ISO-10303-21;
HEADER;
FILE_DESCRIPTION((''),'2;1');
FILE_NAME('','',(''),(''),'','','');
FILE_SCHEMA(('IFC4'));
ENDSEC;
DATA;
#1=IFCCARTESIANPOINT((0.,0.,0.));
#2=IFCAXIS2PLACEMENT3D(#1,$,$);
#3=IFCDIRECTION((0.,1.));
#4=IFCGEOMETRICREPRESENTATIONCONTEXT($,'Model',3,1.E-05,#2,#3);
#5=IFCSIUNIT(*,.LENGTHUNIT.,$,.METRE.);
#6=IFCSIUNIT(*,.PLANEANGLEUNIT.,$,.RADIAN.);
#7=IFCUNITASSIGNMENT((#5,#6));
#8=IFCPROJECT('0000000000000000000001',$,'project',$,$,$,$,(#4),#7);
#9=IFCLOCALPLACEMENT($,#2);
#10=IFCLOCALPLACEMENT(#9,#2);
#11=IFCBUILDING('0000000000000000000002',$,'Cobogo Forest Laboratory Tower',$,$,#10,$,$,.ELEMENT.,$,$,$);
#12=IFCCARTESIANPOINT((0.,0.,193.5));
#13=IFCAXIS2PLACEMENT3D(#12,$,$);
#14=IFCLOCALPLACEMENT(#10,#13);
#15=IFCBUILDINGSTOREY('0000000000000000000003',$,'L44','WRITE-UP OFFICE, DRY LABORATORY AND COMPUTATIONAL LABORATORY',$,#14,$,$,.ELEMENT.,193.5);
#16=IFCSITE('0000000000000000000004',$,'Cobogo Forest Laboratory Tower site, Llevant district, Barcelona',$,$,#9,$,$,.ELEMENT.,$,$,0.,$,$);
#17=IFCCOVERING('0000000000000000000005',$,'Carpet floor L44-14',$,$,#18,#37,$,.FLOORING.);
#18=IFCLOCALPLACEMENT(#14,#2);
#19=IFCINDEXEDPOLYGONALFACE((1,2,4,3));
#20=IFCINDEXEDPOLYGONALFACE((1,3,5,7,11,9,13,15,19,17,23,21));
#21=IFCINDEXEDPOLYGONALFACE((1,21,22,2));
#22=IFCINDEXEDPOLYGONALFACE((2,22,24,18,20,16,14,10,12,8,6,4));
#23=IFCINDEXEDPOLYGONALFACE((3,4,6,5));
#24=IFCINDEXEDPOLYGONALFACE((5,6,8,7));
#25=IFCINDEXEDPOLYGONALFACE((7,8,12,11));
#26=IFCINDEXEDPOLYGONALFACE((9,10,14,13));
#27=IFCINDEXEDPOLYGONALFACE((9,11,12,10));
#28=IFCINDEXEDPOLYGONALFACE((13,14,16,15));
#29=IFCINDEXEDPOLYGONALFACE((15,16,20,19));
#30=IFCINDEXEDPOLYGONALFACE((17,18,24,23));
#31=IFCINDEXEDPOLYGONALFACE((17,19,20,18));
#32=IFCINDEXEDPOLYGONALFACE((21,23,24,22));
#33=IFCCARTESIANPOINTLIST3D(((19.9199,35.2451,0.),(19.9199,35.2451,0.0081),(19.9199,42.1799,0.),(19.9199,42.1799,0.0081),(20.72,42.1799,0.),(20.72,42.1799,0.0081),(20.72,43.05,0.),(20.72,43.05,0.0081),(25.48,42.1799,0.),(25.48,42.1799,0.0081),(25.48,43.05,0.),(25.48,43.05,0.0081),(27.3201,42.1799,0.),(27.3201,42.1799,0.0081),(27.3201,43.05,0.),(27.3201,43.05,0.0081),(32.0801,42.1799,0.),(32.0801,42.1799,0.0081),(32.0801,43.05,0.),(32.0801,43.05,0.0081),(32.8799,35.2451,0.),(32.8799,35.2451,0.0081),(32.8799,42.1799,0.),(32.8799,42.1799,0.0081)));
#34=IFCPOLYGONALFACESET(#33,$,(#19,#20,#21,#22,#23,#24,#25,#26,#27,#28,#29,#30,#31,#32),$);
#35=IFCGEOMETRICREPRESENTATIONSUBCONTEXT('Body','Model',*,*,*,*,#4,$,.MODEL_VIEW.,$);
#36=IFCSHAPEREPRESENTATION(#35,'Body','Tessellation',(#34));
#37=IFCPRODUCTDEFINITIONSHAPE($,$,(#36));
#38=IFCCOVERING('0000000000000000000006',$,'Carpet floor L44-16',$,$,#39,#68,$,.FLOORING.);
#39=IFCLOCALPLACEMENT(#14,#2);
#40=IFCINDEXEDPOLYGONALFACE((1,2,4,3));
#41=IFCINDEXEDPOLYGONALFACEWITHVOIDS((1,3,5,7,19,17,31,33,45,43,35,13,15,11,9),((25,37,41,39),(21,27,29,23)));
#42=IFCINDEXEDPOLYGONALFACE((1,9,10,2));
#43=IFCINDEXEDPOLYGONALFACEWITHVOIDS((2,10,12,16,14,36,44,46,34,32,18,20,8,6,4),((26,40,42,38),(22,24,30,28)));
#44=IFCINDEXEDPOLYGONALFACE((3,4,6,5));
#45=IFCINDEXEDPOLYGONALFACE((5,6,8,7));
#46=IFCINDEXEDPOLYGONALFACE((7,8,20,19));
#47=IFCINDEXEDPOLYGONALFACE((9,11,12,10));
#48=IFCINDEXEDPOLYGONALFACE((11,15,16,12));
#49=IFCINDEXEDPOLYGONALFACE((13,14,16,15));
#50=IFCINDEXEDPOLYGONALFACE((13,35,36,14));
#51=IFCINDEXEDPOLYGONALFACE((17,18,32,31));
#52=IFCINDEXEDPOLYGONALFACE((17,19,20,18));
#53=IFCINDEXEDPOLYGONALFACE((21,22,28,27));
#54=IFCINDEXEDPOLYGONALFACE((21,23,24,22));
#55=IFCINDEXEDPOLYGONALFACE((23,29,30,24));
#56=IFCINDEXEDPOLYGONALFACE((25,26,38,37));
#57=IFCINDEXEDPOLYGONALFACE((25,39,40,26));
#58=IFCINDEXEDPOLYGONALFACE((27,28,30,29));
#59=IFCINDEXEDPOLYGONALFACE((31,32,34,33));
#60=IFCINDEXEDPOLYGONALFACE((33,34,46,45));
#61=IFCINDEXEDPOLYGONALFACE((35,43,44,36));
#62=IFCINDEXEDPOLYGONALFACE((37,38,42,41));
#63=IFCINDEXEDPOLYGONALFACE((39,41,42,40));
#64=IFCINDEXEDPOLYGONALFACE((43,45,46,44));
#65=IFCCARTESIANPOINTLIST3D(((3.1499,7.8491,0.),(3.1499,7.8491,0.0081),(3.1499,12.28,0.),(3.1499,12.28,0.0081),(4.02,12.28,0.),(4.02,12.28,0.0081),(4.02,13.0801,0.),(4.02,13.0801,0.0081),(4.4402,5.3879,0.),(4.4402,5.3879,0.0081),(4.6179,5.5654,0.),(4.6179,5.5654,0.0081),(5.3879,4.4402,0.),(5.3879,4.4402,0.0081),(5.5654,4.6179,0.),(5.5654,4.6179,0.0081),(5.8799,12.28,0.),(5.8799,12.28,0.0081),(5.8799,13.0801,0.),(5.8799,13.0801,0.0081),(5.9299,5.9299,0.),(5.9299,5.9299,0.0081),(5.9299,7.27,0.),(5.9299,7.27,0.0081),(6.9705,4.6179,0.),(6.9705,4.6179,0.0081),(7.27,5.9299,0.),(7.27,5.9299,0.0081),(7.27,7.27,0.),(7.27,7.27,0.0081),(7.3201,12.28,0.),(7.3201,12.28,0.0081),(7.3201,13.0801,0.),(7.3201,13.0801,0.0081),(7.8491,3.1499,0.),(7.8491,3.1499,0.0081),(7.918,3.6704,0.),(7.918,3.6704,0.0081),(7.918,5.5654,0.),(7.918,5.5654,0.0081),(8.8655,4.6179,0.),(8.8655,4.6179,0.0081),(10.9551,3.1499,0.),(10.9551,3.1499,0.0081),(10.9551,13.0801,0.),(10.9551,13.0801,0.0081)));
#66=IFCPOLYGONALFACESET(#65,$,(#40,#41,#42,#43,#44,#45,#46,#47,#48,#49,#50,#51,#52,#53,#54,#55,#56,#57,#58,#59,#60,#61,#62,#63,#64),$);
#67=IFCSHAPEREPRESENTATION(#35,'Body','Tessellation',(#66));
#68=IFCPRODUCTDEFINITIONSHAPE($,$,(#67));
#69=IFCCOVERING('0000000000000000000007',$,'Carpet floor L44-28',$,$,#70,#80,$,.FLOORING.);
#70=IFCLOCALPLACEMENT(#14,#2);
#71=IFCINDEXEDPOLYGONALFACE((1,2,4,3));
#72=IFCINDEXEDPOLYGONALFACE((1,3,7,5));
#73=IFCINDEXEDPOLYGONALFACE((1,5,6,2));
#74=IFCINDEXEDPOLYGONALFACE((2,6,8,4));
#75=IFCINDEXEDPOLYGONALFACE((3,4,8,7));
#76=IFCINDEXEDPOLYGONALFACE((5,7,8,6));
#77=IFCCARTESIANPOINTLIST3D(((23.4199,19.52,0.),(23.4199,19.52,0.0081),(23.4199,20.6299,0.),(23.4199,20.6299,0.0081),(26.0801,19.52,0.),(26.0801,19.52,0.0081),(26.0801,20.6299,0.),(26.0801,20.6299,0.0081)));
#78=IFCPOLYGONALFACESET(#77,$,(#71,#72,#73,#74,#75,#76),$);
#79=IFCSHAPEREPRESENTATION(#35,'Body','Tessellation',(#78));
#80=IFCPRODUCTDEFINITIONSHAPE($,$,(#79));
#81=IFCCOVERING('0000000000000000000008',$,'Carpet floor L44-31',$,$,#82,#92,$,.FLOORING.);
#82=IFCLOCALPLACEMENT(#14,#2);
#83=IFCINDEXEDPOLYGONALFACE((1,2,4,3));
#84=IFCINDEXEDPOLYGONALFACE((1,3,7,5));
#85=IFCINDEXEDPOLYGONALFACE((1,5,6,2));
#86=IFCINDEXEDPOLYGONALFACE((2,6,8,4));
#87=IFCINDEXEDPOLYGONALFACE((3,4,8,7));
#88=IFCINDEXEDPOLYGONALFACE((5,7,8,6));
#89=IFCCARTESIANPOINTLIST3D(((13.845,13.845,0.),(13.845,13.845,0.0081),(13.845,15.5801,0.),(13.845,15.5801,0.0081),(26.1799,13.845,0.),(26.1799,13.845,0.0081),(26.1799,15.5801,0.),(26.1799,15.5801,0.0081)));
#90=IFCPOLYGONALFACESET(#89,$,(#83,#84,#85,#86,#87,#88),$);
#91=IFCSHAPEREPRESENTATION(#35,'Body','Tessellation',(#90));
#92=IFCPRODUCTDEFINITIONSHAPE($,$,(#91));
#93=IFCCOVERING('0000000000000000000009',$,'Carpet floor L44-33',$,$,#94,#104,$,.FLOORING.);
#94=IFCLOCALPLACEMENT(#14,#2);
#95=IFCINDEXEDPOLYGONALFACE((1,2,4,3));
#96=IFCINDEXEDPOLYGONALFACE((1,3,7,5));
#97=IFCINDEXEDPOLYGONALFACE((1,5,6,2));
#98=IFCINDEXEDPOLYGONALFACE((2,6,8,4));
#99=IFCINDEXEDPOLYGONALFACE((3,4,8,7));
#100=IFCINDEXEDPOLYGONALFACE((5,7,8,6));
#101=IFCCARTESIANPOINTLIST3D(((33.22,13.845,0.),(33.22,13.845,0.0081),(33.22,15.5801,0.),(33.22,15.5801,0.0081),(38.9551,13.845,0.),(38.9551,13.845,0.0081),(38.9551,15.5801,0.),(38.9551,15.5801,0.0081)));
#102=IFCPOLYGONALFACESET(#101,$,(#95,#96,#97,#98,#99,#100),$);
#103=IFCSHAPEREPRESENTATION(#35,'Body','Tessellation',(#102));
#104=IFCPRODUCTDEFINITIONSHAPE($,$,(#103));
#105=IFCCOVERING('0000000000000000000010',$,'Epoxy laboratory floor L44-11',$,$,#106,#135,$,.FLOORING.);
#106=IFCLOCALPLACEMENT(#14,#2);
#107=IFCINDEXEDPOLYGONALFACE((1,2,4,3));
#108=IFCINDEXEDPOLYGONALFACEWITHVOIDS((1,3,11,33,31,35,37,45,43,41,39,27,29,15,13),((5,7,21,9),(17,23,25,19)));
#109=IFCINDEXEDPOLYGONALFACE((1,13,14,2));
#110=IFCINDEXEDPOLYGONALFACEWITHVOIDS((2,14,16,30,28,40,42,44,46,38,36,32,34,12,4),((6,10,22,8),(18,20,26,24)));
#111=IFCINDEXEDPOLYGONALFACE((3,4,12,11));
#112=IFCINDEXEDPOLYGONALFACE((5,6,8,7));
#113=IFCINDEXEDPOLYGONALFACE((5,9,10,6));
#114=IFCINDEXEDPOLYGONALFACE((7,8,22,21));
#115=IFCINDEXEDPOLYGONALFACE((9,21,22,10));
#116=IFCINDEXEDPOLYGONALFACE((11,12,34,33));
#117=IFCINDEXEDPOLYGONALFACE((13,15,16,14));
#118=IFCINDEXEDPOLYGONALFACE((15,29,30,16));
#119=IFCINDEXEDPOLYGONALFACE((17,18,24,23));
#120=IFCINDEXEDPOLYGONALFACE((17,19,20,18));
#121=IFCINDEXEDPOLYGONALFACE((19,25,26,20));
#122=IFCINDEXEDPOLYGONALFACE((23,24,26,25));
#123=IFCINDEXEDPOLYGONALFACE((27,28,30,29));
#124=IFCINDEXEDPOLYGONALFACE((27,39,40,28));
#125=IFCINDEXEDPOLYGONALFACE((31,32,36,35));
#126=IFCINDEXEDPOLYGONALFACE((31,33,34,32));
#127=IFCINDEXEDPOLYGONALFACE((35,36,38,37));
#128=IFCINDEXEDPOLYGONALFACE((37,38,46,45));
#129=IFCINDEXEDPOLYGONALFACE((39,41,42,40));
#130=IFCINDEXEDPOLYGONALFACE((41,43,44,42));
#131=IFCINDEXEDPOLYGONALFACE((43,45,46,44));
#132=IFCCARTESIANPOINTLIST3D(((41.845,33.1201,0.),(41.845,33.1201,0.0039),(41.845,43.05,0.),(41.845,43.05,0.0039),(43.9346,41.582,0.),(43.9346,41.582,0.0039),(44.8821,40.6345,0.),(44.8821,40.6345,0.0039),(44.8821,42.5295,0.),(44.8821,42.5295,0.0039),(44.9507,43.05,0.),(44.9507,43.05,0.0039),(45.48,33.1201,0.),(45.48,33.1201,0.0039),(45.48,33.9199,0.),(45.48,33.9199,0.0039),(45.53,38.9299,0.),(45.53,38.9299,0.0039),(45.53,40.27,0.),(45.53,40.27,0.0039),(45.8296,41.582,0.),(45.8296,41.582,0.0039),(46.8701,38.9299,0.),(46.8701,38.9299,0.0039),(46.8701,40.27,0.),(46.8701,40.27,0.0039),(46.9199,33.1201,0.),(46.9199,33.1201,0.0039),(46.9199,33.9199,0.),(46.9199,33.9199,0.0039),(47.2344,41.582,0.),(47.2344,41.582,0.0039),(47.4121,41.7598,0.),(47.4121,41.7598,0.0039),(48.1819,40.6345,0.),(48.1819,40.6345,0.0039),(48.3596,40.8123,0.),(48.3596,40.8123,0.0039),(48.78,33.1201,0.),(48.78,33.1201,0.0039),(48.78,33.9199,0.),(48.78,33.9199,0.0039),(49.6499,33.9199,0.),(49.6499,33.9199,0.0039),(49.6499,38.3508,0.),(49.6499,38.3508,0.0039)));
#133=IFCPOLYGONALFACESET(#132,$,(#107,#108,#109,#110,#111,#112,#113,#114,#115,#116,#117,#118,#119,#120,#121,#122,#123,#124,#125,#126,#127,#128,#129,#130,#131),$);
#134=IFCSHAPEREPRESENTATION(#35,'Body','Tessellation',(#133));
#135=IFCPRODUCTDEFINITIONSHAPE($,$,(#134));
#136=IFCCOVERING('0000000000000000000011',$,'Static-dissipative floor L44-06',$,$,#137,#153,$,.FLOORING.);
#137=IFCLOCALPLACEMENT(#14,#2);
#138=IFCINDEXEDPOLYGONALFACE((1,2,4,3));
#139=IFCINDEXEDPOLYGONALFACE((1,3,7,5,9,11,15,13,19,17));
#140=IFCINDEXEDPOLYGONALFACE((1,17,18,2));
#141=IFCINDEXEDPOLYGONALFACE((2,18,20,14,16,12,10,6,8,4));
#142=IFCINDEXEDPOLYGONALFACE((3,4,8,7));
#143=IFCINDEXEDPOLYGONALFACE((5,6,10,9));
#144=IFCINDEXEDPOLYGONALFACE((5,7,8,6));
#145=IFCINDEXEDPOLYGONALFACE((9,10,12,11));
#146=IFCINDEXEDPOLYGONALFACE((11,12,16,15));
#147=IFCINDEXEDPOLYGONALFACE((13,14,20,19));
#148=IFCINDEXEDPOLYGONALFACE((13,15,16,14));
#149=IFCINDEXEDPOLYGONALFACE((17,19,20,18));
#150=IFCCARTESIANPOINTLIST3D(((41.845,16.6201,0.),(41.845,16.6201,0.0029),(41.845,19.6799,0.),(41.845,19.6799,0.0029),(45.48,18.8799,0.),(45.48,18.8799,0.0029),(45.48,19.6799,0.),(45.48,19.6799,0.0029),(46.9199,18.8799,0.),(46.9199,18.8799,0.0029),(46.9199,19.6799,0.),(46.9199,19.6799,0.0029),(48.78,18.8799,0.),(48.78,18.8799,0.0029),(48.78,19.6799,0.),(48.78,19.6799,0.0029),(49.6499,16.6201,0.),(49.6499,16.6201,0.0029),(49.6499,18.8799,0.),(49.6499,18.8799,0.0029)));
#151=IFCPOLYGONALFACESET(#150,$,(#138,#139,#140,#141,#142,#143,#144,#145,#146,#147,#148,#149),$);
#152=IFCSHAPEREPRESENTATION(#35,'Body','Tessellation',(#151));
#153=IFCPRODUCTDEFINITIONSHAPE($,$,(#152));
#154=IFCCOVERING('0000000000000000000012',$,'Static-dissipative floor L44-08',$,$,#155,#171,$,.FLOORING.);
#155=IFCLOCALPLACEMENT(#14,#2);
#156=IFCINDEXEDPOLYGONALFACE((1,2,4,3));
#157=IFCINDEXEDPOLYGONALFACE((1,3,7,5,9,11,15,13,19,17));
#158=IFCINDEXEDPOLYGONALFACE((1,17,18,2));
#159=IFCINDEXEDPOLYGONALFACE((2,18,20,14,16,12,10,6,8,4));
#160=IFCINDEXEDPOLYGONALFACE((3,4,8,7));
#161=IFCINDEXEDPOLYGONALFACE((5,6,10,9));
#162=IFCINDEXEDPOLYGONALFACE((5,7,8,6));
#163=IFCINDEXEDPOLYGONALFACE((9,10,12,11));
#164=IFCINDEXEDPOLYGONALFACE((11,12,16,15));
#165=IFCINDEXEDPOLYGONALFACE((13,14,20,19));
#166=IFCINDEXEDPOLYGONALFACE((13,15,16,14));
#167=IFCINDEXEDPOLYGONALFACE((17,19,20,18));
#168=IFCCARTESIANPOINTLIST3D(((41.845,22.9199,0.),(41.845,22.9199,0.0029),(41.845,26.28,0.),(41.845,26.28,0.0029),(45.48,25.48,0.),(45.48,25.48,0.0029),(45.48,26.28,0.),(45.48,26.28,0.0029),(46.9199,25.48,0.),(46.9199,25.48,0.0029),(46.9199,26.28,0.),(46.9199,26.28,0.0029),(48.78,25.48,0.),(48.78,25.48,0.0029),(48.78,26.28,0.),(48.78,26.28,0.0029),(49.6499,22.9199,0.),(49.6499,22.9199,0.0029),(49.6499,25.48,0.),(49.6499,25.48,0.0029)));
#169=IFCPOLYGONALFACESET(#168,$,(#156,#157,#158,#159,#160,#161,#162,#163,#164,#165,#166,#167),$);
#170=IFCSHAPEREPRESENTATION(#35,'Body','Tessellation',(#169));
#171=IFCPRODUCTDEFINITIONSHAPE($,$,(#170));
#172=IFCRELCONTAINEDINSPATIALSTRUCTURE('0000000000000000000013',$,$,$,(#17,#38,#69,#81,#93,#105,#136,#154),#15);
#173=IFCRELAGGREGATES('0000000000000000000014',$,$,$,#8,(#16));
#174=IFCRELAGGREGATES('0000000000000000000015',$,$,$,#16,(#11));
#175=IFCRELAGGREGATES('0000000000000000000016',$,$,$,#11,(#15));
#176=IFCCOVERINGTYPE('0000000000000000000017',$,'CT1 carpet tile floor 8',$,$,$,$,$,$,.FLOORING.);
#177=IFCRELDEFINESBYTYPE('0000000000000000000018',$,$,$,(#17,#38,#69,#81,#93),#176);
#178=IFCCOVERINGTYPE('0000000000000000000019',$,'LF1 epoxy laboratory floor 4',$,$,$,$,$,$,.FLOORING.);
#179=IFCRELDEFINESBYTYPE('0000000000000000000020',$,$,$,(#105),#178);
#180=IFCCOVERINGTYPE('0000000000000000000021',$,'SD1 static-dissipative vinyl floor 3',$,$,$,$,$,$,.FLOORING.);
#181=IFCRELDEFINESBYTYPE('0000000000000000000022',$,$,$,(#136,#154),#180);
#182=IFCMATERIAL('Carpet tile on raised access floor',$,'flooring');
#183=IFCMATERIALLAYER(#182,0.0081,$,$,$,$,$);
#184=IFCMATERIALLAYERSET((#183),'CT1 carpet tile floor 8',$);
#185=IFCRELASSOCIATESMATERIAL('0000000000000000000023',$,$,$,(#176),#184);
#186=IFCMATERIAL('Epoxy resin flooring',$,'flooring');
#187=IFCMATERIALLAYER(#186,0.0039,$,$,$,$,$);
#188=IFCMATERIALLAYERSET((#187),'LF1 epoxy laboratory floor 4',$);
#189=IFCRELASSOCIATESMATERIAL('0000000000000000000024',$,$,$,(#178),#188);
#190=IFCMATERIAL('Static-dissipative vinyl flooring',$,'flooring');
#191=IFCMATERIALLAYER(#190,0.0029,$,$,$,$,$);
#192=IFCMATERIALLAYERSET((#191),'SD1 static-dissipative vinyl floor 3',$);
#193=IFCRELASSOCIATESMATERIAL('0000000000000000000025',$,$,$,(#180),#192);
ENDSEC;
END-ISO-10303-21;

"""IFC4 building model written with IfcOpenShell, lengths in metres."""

from ifc_helpers import new_model, si_unit, direction, frame, origin, place, context, subcontext, project, spatial, polyline, outline, extrude, material, layer, layer_set, type_object, element, save


model = new_model("IFC4")

# Units and contexts
model_context = context("Model", 3, precision=1e-05, world=origin(), true_north=direction((0.0, 1.0)))
body_context = subcontext(model_context, "Body", "Model", "MODEL_VIEW")
ifc_project = project(units=[si_unit("LENGTHUNIT", "METRE"), si_unit("PLANEANGLEUNIT", "RADIAN")], contexts=[model_context])

# Site, building, storey
site_placement = place(None, origin())
site = spatial("IfcSite", under=ifc_project, at=site_placement, Name="Cobogo Forest Laboratory Tower site, Llevant district, Barcelona", CompositionType="ELEMENT", RefElevation=0.0)
building_placement = place(site_placement, origin())
building = spatial("IfcBuilding", under=site, at=building_placement, Name="Cobogo Forest Laboratory Tower", CompositionType="ELEMENT")
storey_placement = place(building_placement, frame((0.0, 0.0, 193.5)))
storey = spatial("IfcBuildingStorey", under=building, at=storey_placement, Name="L44", Description="WRITE-UP OFFICE, DRY LABORATORY AND COMPUTATIONAL LABORATORY", CompositionType="ELEMENT", Elevation=193.5)

# Coverings
ifc_material_1 = material(Name="Carpet tile on raised access floor", Category="flooring")
ifc_layer_1 = layer(ifc_material_1, 0.0081)
ifc_layer_set_1 = layer_set([ifc_layer_1], Name="CT1 carpet tile floor 8")
covering_type_1 = type_object("IfcCoveringType", Name="CT1 carpet tile floor 8", PredefinedType="FLOORING", material=ifc_layer_set_1)
covering_1_placement = place(storey_placement, origin())
element("IfcCovering", 1, at=covering_1_placement, inside=storey, type_object=covering_type_1, Name="Carpet floor L44-14", PredefinedType="FLOORING", context=body_context, shape_type="SweptSolid", body=[
    extrude(outline(polyline([(19.9199, 35.2451), (19.9199, 42.1799), (20.72, 42.1799), (20.72, 43.05), (25.48, 43.05), (25.48, 42.1799), (27.3201, 42.1799), (27.3201, 43.05), (32.0801, 43.05), (32.0801, 42.1799), (32.8799, 42.1799), (32.8799, 35.2451), (19.9199, 35.2451)])), origin(), (0.0, 0.0, 1.0), 0.0081),
])
covering_2_placement = place(storey_placement, origin())
element("IfcCovering", 2, at=covering_2_placement, inside=storey, type_object=covering_type_1, Name="Carpet floor L44-16", PredefinedType="FLOORING", context=body_context, shape_type="SweptSolid", body=[
    extrude(outline(polyline([(10.9551, 3.1499), (7.8491, 3.1499), (5.3879, 4.4402), (5.5654, 4.6179), (4.6179, 5.5654), (4.4402, 5.3879), (3.1499, 7.8491), (3.1499, 12.28), (4.02, 12.28), (4.02, 13.0801), (5.8799, 13.0801), (5.8799, 12.28), (7.3201, 12.28), (7.3201, 13.0801), (10.9551, 13.0801), (10.9551, 3.1499)]), holes=[polyline([(7.918, 3.6704), (8.8655, 4.6179), (7.918, 5.5654), (6.9705, 4.6179), (7.918, 3.6704)]), polyline([(5.9299, 5.9299), (7.27, 5.9299), (7.27, 7.27), (5.9299, 7.27), (5.9299, 5.9299)])]), origin(), (0.0, 0.0, 1.0), 0.0081),
])
covering_3_placement = place(storey_placement, origin())
element("IfcCovering", 3, at=covering_3_placement, inside=storey, type_object=covering_type_1, Name="Carpet floor L44-28", PredefinedType="FLOORING", context=body_context, shape_type="SweptSolid", body=[
    extrude(outline(polyline([(26.0801, 19.52), (23.4199, 19.52), (23.4199, 20.6299), (26.0801, 20.6299), (26.0801, 19.52)])), origin(), (0.0, 0.0, 1.0), 0.0081),
])
covering_4_placement = place(storey_placement, origin())
element("IfcCovering", 4, at=covering_4_placement, inside=storey, type_object=covering_type_1, Name="Carpet floor L44-31", PredefinedType="FLOORING", context=body_context, shape_type="SweptSolid", body=[
    extrude(outline(polyline([(26.1799, 13.845), (13.845, 13.845), (13.845, 15.5801), (26.1799, 15.5801), (26.1799, 13.845)])), origin(), (0.0, 0.0, 1.0), 0.0081),
])
covering_5_placement = place(storey_placement, origin())
element("IfcCovering", 5, at=covering_5_placement, inside=storey, type_object=covering_type_1, Name="Carpet floor L44-33", PredefinedType="FLOORING", context=body_context, shape_type="SweptSolid", body=[
    extrude(outline(polyline([(38.9551, 13.845), (33.22, 13.845), (33.22, 15.5801), (38.9551, 15.5801), (38.9551, 13.845)])), origin(), (0.0, 0.0, 1.0), 0.0081),
])
ifc_material_2 = material(Name="Epoxy resin flooring", Category="flooring")
ifc_layer_2 = layer(ifc_material_2, 0.0039)
ifc_layer_set_2 = layer_set([ifc_layer_2], Name="LF1 epoxy laboratory floor 4")
covering_type_2 = type_object("IfcCoveringType", Name="LF1 epoxy laboratory floor 4", PredefinedType="FLOORING", material=ifc_layer_set_2)
covering_6_placement = place(storey_placement, origin())
element("IfcCovering", 6, at=covering_6_placement, inside=storey, type_object=covering_type_2, Name="Epoxy laboratory floor L44-11", PredefinedType="FLOORING", context=body_context, shape_type="SweptSolid", body=[
    extrude(outline(polyline([(41.845, 43.05), (44.9507, 43.05), (47.4121, 41.7598), (47.2344, 41.582), (48.1819, 40.6345), (48.3596, 40.8123), (49.6499, 38.3508), (49.6499, 33.9199), (48.78, 33.9199), (48.78, 33.1201), (46.9199, 33.1201), (46.9199, 33.9199), (45.48, 33.9199), (45.48, 33.1201), (41.845, 33.1201), (41.845, 43.05)]), holes=[polyline([(45.53, 40.27), (45.53, 38.9299), (46.8701, 38.9299), (46.8701, 40.27), (45.53, 40.27)]), polyline([(44.8821, 40.6345), (45.8296, 41.582), (44.8821, 42.5295), (43.9346, 41.582), (44.8821, 40.6345)])]), origin(), (0.0, 0.0, 1.0), 0.0039),
])
ifc_material_3 = material(Name="Static-dissipative vinyl flooring", Category="flooring")
ifc_layer_3 = layer(ifc_material_3, 0.0029)
ifc_layer_set_3 = layer_set([ifc_layer_3], Name="SD1 static-dissipative vinyl floor 3")
covering_type_3 = type_object("IfcCoveringType", Name="SD1 static-dissipative vinyl floor 3", PredefinedType="FLOORING", material=ifc_layer_set_3)
covering_7_placement = place(storey_placement, origin())
element("IfcCovering", 7, at=covering_7_placement, inside=storey, type_object=covering_type_3, Name="Static-dissipative floor L44-06", PredefinedType="FLOORING", context=body_context, shape_type="SweptSolid", body=[
    extrude(outline(polyline([(41.845, 19.6799), (45.48, 19.6799), (45.48, 18.8799), (46.9199, 18.8799), (46.9199, 19.6799), (48.78, 19.6799), (48.78, 18.8799), (49.6499, 18.8799), (49.6499, 16.6201), (41.845, 16.6201), (41.845, 19.6799)])), origin(), (0.0, 0.0, 1.0), 0.0029),
])
covering_8_placement = place(storey_placement, origin())
element("IfcCovering", 8, at=covering_8_placement, inside=storey, type_object=covering_type_3, Name="Static-dissipative floor L44-08", PredefinedType="FLOORING", context=body_context, shape_type="SweptSolid", body=[
    extrude(outline(polyline([(41.845, 26.28), (45.48, 26.28), (45.48, 25.48), (46.9199, 25.48), (46.9199, 26.28), (48.78, 26.28), (48.78, 25.48), (49.6499, 25.48), (49.6499, 22.9199), (41.845, 22.9199), (41.845, 26.28)])), origin(), (0.0, 0.0, 1.0), 0.0029),
])

save(model, "model.ifc")
